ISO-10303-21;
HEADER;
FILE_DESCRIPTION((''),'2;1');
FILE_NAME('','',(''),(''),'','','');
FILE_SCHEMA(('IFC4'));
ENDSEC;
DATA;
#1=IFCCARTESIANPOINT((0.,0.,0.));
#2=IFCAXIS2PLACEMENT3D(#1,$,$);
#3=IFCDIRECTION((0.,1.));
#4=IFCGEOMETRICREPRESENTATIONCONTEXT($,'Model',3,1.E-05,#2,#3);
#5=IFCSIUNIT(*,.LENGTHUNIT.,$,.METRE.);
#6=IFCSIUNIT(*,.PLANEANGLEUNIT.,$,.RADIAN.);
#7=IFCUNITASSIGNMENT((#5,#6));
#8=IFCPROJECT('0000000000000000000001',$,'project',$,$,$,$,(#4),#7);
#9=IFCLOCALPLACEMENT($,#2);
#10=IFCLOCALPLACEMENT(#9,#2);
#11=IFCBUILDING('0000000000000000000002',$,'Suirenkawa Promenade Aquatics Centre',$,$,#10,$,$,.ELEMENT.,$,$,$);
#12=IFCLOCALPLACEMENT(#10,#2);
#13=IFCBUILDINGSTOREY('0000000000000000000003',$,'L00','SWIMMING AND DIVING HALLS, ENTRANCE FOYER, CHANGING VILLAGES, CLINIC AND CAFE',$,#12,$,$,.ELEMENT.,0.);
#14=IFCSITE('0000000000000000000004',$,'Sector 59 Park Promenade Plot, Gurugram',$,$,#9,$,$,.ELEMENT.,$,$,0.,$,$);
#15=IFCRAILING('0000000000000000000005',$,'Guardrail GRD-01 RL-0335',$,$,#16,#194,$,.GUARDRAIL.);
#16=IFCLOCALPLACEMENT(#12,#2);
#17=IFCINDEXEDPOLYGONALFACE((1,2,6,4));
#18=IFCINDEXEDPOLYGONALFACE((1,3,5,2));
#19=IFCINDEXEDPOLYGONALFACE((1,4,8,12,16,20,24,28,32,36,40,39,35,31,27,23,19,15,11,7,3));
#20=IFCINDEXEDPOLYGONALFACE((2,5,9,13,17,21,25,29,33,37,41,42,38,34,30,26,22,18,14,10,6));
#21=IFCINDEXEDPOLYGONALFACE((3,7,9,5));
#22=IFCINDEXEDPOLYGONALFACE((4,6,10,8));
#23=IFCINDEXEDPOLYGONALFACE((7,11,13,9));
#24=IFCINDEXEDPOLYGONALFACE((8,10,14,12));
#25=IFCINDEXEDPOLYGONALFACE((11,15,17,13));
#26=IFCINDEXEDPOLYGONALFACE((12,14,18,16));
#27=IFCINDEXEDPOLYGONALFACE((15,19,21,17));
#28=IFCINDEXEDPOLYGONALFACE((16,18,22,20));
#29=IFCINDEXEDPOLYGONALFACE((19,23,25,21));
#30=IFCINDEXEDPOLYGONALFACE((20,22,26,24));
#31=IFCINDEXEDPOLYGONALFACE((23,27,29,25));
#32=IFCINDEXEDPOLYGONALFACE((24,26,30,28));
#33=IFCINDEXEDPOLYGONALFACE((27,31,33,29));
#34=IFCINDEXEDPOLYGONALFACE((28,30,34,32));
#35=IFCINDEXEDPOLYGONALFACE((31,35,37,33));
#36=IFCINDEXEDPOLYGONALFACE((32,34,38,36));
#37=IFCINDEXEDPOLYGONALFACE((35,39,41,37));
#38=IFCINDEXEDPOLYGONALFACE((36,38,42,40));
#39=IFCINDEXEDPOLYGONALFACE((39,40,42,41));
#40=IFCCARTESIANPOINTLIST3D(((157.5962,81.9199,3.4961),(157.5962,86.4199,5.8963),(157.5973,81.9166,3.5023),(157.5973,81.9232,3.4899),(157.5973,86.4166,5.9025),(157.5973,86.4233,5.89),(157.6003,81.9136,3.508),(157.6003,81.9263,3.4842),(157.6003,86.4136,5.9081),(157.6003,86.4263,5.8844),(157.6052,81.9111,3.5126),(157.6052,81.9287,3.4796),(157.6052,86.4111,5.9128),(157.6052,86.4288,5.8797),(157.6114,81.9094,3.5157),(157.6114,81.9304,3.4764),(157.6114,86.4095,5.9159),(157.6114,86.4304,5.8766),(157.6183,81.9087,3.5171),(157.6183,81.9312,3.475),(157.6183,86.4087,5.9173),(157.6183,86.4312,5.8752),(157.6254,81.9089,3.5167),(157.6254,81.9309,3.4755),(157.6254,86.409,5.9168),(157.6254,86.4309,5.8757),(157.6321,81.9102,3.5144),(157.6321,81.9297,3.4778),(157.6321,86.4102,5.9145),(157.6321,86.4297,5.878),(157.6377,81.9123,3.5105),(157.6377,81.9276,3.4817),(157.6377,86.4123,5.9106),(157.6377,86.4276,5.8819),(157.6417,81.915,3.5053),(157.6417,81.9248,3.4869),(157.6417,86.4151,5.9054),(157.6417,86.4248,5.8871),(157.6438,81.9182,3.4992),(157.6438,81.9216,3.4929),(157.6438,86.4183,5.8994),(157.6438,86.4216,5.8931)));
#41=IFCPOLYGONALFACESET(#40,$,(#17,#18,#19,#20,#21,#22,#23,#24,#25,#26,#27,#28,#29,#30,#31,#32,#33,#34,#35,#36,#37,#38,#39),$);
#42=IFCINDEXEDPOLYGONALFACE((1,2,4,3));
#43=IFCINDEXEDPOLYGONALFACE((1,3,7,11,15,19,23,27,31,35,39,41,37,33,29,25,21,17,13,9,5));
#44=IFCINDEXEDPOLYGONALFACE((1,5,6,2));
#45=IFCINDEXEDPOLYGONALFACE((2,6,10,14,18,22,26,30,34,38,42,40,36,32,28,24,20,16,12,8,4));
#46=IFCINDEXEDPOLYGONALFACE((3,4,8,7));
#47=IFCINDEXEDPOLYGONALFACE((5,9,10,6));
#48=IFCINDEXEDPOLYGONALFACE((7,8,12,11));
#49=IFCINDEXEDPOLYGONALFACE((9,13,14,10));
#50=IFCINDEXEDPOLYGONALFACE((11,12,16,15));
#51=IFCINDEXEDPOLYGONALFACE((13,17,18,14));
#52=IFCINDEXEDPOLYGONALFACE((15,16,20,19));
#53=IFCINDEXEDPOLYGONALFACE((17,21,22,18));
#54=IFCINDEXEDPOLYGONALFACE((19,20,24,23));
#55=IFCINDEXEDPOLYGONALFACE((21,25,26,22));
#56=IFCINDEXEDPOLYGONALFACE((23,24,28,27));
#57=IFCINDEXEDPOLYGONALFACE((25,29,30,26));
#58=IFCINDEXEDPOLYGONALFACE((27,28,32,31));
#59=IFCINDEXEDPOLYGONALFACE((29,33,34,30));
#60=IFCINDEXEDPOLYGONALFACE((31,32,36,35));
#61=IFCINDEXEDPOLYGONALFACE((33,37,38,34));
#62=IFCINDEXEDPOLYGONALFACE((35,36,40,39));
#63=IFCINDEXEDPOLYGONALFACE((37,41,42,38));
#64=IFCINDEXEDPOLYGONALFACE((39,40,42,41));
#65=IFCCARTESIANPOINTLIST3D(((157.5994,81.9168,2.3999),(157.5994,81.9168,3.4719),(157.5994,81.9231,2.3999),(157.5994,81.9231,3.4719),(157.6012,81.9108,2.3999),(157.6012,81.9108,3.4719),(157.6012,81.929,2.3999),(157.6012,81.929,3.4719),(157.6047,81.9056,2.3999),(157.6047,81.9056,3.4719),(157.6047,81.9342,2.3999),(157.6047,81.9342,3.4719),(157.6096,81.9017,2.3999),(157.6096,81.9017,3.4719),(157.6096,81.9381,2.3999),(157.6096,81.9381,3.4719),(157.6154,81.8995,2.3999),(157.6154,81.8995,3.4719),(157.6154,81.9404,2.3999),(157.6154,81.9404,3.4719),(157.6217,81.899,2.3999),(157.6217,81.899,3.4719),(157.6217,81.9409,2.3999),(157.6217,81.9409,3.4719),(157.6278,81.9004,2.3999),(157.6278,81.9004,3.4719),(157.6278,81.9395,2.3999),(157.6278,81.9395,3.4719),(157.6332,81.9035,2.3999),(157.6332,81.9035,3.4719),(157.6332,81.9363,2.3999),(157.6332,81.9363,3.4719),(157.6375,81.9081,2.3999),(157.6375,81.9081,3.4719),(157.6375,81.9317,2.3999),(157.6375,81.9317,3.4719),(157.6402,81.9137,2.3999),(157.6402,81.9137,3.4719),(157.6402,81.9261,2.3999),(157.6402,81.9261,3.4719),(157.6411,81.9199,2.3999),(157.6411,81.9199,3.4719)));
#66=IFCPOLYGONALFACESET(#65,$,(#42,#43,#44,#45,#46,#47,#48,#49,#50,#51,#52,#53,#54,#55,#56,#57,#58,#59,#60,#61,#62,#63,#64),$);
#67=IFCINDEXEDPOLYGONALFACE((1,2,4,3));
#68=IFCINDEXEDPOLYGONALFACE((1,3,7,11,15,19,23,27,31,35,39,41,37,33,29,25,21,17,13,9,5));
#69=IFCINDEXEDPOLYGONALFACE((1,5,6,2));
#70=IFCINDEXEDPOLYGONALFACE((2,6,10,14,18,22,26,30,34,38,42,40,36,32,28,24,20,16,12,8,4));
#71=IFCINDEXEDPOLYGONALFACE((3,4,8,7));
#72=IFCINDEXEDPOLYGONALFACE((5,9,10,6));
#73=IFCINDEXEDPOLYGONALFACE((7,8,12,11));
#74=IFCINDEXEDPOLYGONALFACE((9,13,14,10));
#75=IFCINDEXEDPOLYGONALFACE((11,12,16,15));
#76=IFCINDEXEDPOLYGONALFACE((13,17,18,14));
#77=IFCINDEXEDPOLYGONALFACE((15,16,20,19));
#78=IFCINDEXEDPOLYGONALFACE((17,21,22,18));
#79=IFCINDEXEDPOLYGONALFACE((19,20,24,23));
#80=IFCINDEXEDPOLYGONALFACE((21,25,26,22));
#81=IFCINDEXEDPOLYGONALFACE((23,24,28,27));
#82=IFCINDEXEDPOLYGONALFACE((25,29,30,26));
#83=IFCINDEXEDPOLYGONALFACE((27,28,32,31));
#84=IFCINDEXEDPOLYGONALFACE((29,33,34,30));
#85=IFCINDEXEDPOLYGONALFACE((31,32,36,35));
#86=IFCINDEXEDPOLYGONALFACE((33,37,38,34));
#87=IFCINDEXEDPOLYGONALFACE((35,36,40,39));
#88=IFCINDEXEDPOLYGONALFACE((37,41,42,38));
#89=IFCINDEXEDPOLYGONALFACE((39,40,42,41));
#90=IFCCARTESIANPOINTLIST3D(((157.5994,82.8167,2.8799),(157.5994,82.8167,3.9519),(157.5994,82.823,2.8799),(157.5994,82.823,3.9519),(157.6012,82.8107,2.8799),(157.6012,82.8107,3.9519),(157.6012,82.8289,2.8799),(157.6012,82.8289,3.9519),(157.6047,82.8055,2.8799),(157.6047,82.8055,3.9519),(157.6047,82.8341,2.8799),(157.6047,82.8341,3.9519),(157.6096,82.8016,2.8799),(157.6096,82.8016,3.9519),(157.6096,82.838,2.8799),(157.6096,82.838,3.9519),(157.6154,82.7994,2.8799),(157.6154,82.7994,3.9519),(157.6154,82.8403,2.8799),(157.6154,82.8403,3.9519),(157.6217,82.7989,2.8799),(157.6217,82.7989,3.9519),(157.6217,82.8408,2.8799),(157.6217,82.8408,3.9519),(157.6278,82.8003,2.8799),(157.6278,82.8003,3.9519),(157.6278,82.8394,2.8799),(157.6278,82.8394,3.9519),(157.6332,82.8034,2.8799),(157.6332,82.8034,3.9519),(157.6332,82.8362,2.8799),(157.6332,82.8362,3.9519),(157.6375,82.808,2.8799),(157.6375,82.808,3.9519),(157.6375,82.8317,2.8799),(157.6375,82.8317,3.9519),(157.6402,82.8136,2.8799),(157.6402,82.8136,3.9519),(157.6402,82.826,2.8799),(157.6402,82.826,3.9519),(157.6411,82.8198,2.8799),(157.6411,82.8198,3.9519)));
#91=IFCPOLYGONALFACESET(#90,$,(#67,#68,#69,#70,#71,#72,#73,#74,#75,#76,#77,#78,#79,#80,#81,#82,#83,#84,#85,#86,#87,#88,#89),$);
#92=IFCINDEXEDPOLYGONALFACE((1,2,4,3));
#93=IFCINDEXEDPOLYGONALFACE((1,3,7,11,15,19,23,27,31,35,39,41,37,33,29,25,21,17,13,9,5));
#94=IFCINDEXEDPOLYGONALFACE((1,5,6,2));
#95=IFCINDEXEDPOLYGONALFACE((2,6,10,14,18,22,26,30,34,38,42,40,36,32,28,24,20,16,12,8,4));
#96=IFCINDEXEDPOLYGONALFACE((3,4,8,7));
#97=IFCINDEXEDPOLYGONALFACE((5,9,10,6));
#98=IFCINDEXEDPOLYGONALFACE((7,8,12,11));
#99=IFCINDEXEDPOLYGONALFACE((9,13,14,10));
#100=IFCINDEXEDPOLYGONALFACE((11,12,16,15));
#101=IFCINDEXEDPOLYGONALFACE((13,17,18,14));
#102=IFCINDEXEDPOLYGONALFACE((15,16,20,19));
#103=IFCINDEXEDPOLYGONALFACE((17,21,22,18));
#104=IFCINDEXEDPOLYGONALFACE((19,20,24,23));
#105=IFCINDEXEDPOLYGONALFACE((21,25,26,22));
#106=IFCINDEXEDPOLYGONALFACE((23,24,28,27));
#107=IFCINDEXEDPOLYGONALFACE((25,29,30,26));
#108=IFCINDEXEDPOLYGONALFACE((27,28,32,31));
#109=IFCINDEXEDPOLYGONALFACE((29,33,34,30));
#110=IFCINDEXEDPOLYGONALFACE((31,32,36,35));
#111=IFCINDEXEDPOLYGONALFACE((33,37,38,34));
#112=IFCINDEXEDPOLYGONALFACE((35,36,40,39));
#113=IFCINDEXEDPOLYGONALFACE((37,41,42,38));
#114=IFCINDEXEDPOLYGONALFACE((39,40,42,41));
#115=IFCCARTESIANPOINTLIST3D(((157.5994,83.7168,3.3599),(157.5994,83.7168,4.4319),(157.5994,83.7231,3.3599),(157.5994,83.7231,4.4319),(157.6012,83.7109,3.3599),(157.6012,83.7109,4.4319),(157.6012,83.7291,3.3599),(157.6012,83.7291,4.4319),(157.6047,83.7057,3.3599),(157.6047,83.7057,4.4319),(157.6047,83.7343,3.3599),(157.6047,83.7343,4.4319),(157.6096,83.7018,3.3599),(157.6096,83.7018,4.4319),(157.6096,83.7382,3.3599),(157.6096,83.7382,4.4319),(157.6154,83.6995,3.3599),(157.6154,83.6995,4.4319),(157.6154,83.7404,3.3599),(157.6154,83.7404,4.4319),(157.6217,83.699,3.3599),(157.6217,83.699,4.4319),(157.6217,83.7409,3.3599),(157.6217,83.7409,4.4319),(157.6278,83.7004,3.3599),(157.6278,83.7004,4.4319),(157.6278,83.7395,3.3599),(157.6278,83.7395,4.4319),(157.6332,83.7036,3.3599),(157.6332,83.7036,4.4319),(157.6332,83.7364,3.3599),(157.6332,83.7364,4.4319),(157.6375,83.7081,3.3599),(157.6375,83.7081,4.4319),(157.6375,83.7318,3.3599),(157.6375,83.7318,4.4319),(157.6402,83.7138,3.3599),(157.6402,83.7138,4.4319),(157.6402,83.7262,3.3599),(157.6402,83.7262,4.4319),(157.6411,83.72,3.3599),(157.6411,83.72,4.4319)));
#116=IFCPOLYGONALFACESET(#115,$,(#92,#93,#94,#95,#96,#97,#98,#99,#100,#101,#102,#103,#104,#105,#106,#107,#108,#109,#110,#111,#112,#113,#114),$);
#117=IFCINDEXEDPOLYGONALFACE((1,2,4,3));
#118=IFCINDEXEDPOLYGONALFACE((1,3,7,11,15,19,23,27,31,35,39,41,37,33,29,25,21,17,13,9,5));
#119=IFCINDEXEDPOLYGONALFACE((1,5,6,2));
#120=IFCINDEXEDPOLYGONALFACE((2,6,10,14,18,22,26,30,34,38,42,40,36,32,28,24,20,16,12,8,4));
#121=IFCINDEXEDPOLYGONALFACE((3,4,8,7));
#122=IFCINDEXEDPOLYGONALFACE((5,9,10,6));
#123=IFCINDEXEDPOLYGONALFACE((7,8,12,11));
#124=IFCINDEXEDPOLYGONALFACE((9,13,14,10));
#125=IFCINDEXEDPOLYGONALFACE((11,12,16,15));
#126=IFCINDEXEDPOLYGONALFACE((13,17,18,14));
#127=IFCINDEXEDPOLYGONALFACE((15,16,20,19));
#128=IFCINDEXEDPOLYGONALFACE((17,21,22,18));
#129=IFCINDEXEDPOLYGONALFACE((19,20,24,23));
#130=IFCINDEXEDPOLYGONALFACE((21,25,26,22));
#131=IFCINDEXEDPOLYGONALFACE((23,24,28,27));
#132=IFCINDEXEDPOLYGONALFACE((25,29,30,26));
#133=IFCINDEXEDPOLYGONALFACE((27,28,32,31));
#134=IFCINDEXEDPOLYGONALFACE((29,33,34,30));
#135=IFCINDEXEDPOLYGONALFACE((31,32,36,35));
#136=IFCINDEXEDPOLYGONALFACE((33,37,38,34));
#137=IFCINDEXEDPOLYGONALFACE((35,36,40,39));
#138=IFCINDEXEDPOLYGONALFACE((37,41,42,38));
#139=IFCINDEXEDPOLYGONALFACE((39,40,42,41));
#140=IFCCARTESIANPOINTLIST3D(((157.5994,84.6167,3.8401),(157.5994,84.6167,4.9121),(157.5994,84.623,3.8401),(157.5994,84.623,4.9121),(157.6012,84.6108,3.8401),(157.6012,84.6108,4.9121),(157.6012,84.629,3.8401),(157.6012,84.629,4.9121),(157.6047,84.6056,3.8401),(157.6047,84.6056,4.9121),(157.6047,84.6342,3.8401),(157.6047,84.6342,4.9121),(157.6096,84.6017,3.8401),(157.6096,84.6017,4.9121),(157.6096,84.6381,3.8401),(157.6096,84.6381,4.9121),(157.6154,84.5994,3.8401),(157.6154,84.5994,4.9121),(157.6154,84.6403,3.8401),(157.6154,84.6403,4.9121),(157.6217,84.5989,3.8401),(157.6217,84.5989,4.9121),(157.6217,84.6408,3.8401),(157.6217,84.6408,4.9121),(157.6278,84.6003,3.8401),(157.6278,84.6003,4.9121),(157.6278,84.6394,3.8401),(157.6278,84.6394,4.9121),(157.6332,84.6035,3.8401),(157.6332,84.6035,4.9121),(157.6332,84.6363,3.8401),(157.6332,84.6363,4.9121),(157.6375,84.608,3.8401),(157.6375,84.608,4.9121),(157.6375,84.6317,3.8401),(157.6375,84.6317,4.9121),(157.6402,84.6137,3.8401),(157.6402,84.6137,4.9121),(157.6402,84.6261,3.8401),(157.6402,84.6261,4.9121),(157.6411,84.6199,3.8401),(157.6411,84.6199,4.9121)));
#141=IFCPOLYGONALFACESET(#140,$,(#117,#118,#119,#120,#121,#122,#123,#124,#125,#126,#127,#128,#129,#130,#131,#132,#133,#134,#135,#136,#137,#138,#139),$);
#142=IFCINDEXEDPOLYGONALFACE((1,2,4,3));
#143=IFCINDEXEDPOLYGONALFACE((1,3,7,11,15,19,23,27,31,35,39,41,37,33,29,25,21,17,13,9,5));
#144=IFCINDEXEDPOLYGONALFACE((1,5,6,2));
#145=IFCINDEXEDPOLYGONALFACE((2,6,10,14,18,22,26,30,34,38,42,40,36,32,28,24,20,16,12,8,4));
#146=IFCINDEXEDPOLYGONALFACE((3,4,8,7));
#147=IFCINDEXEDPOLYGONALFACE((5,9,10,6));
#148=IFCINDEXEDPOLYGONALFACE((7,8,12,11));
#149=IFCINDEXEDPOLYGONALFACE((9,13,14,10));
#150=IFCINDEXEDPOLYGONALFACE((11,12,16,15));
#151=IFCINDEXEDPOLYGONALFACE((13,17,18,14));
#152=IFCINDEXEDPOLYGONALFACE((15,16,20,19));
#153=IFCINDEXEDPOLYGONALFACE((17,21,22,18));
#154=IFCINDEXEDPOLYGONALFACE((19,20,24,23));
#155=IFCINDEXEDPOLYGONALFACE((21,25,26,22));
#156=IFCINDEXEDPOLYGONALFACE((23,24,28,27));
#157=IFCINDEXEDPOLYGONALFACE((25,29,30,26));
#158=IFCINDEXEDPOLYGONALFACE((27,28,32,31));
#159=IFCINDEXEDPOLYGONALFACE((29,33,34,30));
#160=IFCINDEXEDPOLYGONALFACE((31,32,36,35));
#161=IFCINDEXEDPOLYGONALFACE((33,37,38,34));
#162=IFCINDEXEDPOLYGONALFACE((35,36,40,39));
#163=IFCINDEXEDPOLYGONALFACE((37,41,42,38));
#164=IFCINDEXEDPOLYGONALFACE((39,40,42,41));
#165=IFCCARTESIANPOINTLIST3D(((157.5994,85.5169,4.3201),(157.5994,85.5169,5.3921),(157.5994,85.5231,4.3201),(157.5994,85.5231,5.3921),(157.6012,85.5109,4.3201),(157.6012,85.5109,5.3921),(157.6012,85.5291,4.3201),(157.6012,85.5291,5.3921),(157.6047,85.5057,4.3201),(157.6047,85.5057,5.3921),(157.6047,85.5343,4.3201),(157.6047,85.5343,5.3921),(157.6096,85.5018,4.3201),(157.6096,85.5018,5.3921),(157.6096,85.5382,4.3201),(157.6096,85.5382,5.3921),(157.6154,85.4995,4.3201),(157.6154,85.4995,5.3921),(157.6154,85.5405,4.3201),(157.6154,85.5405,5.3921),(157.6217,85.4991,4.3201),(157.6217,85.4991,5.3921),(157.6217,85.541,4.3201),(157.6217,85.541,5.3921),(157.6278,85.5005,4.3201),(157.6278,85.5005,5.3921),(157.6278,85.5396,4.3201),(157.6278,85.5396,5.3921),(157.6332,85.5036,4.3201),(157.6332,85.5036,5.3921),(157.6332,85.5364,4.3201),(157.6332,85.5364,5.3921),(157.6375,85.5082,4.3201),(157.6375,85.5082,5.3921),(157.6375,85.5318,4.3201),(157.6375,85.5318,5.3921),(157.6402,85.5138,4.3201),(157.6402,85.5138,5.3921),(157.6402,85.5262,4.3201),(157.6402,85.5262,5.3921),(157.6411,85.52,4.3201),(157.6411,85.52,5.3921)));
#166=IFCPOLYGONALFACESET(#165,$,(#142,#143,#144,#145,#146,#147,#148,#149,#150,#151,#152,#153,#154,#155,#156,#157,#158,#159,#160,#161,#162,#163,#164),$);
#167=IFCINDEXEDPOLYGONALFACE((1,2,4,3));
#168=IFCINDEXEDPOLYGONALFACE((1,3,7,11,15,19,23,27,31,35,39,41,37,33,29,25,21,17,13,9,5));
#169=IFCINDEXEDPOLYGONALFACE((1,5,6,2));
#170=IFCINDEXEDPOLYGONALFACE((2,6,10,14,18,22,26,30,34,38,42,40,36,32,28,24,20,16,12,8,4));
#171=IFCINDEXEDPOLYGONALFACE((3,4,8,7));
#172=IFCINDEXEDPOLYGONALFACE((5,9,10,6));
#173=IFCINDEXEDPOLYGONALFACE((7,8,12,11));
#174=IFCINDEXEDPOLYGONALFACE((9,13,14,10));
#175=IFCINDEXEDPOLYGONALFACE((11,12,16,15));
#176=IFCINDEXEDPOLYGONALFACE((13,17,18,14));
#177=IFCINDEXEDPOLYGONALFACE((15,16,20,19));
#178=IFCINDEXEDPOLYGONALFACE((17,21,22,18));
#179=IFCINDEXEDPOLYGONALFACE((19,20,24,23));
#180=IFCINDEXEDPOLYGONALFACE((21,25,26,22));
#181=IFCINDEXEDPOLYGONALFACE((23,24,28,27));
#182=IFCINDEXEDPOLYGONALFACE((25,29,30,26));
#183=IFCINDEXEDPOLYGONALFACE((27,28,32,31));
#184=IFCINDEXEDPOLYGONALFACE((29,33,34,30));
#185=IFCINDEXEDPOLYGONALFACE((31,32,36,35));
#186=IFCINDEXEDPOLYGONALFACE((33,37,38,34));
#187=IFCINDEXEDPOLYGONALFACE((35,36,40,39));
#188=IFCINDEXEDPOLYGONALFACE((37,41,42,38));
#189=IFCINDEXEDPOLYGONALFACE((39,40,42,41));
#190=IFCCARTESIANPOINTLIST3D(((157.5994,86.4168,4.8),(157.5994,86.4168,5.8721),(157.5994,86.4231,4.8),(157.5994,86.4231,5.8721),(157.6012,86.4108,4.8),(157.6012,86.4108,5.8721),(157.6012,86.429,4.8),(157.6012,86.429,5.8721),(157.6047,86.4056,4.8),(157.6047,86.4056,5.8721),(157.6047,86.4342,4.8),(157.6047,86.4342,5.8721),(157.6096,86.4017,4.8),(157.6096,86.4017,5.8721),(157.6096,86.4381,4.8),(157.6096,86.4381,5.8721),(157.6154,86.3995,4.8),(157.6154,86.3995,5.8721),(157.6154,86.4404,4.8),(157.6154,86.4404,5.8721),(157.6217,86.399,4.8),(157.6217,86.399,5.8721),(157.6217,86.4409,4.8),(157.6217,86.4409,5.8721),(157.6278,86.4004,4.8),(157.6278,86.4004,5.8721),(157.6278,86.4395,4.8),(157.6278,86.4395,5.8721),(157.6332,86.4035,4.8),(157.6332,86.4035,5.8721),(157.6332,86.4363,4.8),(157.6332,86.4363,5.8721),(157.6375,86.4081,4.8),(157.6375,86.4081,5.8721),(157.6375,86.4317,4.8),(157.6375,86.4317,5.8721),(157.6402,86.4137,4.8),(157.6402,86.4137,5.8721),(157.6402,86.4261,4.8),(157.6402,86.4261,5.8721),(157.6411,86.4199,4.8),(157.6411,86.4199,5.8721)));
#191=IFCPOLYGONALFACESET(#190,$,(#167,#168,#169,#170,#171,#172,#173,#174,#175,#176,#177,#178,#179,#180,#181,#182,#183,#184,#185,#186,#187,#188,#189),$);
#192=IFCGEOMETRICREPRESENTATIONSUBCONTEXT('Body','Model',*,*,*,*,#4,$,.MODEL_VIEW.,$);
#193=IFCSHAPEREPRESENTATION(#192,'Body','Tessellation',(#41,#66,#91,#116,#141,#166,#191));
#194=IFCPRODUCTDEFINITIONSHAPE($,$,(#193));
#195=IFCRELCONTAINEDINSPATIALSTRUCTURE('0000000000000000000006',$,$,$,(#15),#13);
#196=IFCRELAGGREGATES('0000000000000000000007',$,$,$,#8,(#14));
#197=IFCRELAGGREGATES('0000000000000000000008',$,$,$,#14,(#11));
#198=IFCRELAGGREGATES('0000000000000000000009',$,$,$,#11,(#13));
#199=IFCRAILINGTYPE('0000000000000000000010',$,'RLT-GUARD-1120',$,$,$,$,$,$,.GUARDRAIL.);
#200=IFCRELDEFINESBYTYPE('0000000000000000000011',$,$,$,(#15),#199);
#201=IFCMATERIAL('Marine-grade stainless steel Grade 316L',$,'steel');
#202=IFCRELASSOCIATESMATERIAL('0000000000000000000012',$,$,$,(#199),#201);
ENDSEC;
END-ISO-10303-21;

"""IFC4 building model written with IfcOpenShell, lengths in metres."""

from ifc_helpers import new_model, si_unit, direction, frame, origin, origin_2d, place, context, subcontext, project, spatial, circle, extrude, material, type_object, element, save


model = new_model("IFC4")

# Units and contexts
model_context = context("Model", 3, precision=1e-05, world=origin(), true_north=direction((0.0, 1.0)))
body_context = subcontext(model_context, "Body", "Model", "MODEL_VIEW")
ifc_project = project(units=[si_unit("LENGTHUNIT", "METRE"), si_unit("PLANEANGLEUNIT", "RADIAN")], contexts=[model_context])

# Site, building, storey
site_placement = place(None, origin())
site = spatial("IfcSite", under=ifc_project, at=site_placement, Name="Sector 59 Park Promenade Plot, Gurugram", CompositionType="ELEMENT", RefElevation=0.0)
building_placement = place(site_placement, origin())
building = spatial("IfcBuilding", under=site, at=building_placement, Name="Suirenkawa Promenade Aquatics Centre", CompositionType="ELEMENT")
storey_placement = place(building_placement, origin())
storey = spatial("IfcBuildingStorey", under=building, at=storey_placement, Name="L00", Description="SWIMMING AND DIVING HALLS, ENTRANCE FOYER, CHANGING VILLAGES, CLINIC AND CAFE", CompositionType="ELEMENT", Elevation=0.0)

# Railing
ifc_material_1 = material(Name="Marine-grade stainless steel Grade 316L", Category="steel")
railing_type_1 = type_object("IfcRailingType", Name="RLT-GUARD-1120", PredefinedType="GUARDRAIL", material=ifc_material_1)
for number, where, name in (
    (1, (157.6201, 81.9199, 2.3999), "Guardrail GRD-01 RL-0335"),
):
    element("IfcRailing", number, at=place(storey_placement, frame(where)), inside=storey, type_object=railing_type_1, Name=name, PredefinedType="GUARDRAIL", context=body_context, shape_type="SweptSolid", body=[
        extrude(circle(Radius=0.0239, at=origin_2d()), frame((0.0, 0.0, 1.0962), z_axis=(0.0, 0.882341, 0.470611), x_axis=(-1.0, 0.0, 0.0)), (0.0, 0.0, 1.0), 5.1001),
        extrude(circle(Radius=0.021, at=origin_2d()), origin(), (0.0, 0.0, 1.0), 1.072),
        extrude(circle(Radius=0.021, at=origin_2d()), frame((0.0, 0.8999, 0.48)), (0.0, 0.0, 1.0), 1.072),
        extrude(circle(Radius=0.021, at=origin_2d()), frame((0.0, 1.8, 0.96)), (0.0, 0.0, 1.0), 1.072),
        extrude(circle(Radius=0.021, at=origin_2d()), frame((0.0, 2.7, 1.4402)), (0.0, 0.0, 1.0), 1.072),
        extrude(circle(Radius=0.021, at=origin_2d()), frame((0.0, 3.6001, 1.9202)), (0.0, 0.0, 1.0), 1.072),
        extrude(circle(Radius=0.021, at=origin_2d()), frame((0.0, 4.5, 2.4001)), (0.0, 0.0, 1.0), 1.072),
    ])

save(model, "model.ifc")
